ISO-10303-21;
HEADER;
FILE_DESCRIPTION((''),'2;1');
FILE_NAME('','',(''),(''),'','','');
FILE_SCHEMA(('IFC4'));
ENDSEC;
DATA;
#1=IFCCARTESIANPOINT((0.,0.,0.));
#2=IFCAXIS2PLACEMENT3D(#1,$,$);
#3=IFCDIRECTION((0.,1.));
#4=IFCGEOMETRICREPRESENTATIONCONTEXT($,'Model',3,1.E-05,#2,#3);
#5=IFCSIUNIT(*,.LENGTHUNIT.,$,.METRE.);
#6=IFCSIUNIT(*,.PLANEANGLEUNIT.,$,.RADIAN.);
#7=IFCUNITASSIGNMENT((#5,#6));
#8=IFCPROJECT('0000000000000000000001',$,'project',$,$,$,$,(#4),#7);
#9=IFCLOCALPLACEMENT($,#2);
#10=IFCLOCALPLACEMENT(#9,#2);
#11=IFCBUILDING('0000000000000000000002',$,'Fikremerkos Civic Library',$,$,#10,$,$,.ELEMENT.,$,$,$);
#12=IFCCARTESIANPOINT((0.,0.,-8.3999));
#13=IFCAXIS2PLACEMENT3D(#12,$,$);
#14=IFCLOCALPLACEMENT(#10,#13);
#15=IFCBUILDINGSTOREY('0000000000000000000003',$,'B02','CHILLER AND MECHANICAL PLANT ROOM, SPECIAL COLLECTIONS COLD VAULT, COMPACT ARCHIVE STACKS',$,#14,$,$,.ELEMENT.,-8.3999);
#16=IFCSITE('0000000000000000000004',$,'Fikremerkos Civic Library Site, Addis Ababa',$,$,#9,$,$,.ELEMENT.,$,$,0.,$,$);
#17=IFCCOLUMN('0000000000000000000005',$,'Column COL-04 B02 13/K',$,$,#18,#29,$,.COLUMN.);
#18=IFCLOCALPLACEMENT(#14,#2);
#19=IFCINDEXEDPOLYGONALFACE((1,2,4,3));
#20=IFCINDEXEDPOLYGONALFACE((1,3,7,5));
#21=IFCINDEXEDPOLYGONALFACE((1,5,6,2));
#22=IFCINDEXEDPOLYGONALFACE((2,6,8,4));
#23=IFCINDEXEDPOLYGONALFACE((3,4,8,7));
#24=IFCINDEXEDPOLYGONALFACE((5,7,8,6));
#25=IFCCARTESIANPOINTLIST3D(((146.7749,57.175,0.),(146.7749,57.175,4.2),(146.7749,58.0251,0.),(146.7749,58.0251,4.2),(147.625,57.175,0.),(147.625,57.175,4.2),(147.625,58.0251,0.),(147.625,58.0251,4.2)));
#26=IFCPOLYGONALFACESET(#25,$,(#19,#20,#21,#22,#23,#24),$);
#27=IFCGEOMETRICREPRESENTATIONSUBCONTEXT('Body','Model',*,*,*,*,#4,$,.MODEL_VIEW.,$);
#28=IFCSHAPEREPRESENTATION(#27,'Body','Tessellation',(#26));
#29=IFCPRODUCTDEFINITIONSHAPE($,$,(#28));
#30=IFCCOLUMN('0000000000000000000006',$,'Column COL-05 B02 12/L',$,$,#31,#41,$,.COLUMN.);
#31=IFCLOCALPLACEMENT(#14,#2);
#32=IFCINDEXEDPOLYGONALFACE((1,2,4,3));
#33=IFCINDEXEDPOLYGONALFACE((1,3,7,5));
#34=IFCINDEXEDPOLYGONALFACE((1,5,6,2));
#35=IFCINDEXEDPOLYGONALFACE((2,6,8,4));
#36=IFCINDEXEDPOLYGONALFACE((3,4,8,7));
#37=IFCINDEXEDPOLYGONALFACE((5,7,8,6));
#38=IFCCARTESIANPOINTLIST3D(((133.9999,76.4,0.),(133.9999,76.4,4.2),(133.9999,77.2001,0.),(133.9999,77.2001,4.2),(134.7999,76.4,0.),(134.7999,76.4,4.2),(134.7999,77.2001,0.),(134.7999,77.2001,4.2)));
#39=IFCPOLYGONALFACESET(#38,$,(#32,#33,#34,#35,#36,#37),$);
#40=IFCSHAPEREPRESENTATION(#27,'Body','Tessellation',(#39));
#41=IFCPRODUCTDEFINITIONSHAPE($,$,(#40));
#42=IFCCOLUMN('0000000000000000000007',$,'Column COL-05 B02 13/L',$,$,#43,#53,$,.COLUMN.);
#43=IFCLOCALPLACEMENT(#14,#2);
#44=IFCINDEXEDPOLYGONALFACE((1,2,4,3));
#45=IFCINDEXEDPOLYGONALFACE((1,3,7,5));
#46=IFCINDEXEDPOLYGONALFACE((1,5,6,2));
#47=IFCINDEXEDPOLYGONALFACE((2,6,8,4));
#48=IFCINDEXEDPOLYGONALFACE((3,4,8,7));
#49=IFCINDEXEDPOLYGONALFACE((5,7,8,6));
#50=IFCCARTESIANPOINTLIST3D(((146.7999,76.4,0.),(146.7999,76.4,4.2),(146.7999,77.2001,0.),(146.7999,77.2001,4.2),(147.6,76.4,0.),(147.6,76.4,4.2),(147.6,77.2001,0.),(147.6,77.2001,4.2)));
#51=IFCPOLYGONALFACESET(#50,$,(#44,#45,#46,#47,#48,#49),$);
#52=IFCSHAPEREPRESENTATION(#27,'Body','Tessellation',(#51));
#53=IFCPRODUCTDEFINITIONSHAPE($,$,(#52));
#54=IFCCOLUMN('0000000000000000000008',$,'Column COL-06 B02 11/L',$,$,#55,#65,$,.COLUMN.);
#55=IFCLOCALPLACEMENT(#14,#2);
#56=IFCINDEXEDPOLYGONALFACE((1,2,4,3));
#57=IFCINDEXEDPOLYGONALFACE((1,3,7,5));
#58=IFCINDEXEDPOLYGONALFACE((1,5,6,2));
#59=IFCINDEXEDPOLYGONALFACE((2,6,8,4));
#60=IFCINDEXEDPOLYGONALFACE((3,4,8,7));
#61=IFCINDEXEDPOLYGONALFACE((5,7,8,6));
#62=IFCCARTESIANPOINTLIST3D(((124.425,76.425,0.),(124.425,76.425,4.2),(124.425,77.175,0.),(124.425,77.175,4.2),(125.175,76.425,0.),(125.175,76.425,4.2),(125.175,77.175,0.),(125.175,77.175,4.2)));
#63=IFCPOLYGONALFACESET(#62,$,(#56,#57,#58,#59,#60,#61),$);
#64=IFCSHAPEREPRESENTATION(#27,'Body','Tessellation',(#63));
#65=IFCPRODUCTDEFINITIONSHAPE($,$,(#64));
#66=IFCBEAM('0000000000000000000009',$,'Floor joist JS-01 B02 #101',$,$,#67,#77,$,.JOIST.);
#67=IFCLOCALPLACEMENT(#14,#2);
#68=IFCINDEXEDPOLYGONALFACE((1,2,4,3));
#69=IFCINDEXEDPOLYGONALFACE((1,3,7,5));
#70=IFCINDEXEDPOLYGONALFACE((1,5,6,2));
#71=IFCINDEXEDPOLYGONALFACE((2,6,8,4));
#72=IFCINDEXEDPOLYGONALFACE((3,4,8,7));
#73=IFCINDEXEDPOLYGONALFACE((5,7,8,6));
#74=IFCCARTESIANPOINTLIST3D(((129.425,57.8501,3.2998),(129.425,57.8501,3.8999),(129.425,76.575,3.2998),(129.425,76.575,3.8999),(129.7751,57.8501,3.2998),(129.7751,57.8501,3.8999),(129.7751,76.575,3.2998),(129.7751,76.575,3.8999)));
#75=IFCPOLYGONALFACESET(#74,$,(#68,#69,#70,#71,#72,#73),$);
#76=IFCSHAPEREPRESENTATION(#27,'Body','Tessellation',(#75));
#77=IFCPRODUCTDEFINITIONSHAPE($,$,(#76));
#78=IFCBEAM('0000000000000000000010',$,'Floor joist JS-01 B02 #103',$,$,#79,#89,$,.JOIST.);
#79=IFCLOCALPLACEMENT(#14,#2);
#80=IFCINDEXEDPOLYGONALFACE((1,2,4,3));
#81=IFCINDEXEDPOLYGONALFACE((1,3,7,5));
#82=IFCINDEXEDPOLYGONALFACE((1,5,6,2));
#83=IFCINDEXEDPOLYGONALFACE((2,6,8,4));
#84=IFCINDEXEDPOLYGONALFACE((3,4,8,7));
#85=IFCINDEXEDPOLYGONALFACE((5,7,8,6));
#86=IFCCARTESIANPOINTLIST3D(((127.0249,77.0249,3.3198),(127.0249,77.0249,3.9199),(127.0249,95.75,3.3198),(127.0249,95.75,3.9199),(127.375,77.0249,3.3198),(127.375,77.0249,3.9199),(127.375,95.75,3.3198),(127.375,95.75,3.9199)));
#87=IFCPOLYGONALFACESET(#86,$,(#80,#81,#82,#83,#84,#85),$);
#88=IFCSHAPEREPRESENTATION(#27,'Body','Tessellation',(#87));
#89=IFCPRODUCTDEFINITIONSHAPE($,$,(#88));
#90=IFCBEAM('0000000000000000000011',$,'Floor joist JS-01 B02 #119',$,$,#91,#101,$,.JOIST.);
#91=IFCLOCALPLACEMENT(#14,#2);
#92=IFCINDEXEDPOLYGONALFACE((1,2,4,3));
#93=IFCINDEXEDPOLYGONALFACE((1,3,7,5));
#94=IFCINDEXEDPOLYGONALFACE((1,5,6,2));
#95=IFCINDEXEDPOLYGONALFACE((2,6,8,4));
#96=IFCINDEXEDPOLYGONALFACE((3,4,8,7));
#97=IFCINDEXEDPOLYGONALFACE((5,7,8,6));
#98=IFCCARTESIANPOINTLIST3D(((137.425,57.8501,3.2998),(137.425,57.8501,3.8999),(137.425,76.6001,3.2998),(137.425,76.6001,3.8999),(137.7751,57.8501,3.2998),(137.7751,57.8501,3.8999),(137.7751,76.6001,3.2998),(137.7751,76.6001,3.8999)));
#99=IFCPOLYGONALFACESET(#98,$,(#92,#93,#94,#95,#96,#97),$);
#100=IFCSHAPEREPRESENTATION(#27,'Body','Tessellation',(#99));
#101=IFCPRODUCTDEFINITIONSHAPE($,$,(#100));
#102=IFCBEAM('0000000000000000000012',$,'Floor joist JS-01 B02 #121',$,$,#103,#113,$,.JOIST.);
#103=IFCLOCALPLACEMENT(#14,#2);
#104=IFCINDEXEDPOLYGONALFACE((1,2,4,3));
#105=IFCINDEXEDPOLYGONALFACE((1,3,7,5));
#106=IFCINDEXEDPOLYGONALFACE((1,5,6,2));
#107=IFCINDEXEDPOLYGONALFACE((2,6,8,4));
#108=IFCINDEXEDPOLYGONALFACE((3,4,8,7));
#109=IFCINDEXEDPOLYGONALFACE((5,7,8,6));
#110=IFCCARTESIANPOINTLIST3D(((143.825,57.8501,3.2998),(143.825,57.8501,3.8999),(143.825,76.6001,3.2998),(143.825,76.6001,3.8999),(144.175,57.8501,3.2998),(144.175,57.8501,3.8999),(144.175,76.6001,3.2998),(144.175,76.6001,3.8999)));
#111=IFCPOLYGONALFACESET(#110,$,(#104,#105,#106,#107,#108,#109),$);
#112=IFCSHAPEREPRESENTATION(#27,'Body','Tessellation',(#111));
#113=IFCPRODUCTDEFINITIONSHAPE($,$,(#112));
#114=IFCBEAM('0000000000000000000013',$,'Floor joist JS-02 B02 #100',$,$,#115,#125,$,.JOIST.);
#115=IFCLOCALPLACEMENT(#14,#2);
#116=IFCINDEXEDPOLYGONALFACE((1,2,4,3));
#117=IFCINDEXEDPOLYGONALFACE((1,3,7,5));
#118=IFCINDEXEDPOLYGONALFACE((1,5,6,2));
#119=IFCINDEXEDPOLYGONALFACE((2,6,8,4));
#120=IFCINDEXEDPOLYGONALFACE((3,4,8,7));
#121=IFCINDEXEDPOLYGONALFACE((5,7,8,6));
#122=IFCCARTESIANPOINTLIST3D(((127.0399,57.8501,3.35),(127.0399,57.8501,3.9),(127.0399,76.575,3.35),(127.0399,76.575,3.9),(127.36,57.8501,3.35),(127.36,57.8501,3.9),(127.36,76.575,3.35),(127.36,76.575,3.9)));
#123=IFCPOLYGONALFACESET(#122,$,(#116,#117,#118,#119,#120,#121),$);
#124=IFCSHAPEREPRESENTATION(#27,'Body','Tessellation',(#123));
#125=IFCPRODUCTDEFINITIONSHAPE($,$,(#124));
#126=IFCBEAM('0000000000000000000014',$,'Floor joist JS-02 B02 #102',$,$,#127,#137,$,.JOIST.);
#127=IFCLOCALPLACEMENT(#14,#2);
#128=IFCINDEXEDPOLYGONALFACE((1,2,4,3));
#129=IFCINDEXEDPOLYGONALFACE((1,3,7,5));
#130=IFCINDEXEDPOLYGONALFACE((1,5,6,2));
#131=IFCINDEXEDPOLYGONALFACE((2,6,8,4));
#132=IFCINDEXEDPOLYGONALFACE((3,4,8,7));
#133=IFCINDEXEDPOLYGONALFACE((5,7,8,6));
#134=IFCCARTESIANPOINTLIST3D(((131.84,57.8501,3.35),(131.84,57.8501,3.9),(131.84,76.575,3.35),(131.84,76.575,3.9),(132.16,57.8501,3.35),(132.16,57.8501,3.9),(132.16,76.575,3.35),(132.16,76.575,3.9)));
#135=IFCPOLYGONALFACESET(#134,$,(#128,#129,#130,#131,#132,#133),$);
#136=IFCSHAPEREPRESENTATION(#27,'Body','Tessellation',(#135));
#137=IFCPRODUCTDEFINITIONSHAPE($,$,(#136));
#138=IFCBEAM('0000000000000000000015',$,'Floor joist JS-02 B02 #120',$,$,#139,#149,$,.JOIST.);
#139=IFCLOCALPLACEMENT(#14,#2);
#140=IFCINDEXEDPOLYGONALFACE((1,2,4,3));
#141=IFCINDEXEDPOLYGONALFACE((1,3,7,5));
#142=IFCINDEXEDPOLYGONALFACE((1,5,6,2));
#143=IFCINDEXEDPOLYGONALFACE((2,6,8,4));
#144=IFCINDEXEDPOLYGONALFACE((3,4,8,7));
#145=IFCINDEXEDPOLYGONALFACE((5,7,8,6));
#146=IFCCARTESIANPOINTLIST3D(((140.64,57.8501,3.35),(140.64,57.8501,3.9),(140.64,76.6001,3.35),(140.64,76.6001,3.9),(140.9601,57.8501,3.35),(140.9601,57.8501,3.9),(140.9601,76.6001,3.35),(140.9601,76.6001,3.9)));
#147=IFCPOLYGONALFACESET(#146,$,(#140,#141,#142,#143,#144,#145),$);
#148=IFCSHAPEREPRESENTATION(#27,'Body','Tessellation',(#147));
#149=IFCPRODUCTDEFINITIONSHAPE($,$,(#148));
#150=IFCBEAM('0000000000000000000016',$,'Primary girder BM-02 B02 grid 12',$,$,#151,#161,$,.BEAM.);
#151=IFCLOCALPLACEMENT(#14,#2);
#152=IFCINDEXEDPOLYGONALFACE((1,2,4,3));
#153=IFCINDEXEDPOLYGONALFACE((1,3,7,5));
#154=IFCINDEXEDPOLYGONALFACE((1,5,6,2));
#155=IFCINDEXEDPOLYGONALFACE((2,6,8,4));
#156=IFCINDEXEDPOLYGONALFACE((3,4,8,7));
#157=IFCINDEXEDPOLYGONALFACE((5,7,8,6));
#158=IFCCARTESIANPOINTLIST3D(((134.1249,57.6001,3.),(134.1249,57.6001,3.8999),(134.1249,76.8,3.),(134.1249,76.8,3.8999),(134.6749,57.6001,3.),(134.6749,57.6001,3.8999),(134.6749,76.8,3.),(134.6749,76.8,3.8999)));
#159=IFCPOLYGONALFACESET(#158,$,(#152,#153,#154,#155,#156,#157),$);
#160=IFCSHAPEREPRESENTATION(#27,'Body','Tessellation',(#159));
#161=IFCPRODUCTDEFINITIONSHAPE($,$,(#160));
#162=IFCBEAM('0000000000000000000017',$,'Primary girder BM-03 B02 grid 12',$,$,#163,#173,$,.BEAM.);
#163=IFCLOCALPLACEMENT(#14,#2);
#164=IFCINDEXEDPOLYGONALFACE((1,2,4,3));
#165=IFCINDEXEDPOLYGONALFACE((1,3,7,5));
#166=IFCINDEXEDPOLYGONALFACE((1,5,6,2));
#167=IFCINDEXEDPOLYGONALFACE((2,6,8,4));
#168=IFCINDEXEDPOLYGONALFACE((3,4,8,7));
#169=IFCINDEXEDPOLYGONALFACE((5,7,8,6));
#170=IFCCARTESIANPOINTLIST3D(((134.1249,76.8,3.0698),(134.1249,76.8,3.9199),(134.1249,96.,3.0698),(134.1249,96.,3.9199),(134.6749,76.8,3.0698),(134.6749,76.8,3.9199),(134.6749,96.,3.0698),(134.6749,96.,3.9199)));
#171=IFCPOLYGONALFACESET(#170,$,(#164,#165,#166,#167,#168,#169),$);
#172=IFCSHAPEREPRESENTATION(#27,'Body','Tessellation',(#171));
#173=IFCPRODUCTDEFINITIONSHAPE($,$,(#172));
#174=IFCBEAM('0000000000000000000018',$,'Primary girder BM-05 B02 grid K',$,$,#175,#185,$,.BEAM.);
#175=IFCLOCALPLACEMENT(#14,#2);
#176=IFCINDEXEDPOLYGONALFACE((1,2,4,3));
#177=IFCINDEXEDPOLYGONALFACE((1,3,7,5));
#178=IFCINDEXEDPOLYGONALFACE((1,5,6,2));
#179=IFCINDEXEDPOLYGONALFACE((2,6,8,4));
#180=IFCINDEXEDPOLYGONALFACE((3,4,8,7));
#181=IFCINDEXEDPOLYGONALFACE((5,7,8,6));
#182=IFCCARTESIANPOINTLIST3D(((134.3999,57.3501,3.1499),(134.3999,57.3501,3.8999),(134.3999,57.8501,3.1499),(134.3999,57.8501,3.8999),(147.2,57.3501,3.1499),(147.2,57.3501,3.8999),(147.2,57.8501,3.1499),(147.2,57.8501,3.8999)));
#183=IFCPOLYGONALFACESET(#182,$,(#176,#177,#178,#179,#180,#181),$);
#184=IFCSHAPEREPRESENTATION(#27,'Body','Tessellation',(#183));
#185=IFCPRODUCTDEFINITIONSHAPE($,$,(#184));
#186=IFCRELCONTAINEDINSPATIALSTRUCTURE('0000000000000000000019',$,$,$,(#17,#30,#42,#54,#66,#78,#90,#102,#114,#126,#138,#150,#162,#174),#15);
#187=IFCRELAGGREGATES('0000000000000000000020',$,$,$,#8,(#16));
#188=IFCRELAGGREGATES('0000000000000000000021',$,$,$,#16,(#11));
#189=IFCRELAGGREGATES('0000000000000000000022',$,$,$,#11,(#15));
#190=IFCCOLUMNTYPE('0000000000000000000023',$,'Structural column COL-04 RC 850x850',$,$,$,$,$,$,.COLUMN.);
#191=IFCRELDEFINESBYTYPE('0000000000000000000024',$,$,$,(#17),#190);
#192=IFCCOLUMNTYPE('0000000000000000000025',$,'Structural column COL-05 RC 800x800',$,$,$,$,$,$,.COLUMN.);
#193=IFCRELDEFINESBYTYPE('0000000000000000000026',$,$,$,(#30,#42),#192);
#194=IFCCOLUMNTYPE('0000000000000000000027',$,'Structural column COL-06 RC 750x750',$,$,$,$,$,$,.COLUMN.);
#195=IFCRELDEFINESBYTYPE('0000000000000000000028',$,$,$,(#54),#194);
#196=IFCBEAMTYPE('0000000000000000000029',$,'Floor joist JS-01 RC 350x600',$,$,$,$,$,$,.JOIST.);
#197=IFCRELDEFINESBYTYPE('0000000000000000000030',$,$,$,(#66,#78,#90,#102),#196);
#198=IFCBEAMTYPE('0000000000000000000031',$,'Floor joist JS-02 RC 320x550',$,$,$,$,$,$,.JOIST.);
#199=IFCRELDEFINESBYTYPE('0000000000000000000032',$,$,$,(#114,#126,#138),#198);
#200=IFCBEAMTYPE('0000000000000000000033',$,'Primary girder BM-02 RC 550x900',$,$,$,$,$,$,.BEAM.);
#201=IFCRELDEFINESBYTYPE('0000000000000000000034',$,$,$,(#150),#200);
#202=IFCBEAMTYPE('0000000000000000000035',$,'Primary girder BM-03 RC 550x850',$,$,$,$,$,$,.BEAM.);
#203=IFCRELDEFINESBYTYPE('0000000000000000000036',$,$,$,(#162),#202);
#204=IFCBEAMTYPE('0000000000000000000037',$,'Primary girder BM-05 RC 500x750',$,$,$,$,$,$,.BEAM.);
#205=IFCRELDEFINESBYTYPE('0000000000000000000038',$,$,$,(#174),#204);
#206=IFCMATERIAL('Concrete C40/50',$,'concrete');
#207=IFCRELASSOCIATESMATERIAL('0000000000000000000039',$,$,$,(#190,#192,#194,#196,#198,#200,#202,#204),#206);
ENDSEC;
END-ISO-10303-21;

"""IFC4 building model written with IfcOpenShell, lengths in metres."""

from ifc_helpers import new_model, si_unit, direction, frame, origin, origin_2d, place, context, subcontext, project, spatial, rectangle, extrude, material, material_profile, profile_set, type_object, element, save


model = new_model("IFC4")

# Units and contexts
model_context = context("Model", 3, precision=1e-05, world=origin(), true_north=direction((0.0, 1.0)))
body_context = subcontext(model_context, "Body", "Model", "MODEL_VIEW")
ifc_project = project(units=[si_unit("LENGTHUNIT", "METRE"), si_unit("PLANEANGLEUNIT", "RADIAN")], contexts=[model_context])

# Site, building, storey
site_placement = place(None, origin())
site = spatial("IfcSite", under=ifc_project, at=site_placement, Name="Fikremerkos Civic Library Site, Addis Ababa", CompositionType="ELEMENT", RefElevation=0.0)
building_placement = place(site_placement, origin())
building = spatial("IfcBuilding", under=site, at=building_placement, Name="Fikremerkos Civic Library", CompositionType="ELEMENT")
storey_placement = place(building_placement, frame((0.0, 0.0, -8.3999)))
storey = spatial("IfcBuildingStorey", under=building, at=storey_placement, Name="B02", Description="CHILLER AND MECHANICAL PLANT ROOM, SPECIAL COLLECTIONS COLD VAULT, COMPACT ARCHIVE STACKS", CompositionType="ELEMENT", Elevation=-8.3999)

# Shared definitions
ifc_material_1 = material(Name="Concrete C40/50", Category="concrete")

# Columns
ifc_material_profile_1 = material_profile(ifc_material_1, rectangle(XDim=0.8501, YDim=0.8501, at=origin_2d()), Name="RC 850x850")
ifc_profile_set_1 = profile_set([ifc_material_profile_1], Name="Concrete C40/50")
column_type_1 = type_object("IfcColumnType", Name="Structural column COL-04 RC 850x850", PredefinedType="COLUMN", material=ifc_profile_set_1)
for number, where, z_axis, x_axis, name in (
    (1, (147.2, 57.6001, 0.0), (0.0, 0.0, 1.0), (1.0, 0.0, 0.0), "Column COL-04 B02 13/K"),
):
    element("IfcColumn", number, at=place(storey_placement, frame(where, z_axis=z_axis, x_axis=x_axis)), inside=storey, type_object=column_type_1, Name=name, PredefinedType="COLUMN", context=body_context, shape_type="SweptSolid", body=[
        extrude(rectangle(XDim=0.8501, YDim=0.8501, at=origin_2d()), origin(), (0.0, 0.0, 1.0), 4.2),
    ])
ifc_material_profile_2 = material_profile(ifc_material_1, rectangle(XDim=0.8, YDim=0.8, at=origin_2d()), Name="RC 800x800")
ifc_profile_set_2 = profile_set([ifc_material_profile_2], Name="Concrete C40/50")
column_type_2 = type_object("IfcColumnType", Name="Structural column COL-05 RC 800x800", PredefinedType="COLUMN", material=ifc_profile_set_2)
for number, where, z_axis, x_axis, name in (
    (2, (134.3999, 76.8, 0.0), (0.0, 0.0, 1.0), (1.0, 0.0, 0.0), "Column COL-05 B02 12/L"),
    (3, (147.2, 76.8, 0.0), (0.0, 0.0, 1.0), (1.0, 0.0, 0.0), "Column COL-05 B02 13/L"),
):
    element("IfcColumn", number, at=place(storey_placement, frame(where, z_axis=z_axis, x_axis=x_axis)), inside=storey, type_object=column_type_2, Name=name, PredefinedType="COLUMN", context=body_context, shape_type="SweptSolid", body=[
        extrude(rectangle(XDim=0.8, YDim=0.8, at=origin_2d()), origin(), (0.0, 0.0, 1.0), 4.2),
    ])
ifc_material_profile_3 = material_profile(ifc_material_1, rectangle(XDim=0.75, YDim=0.75, at=origin_2d()), Name="RC 750x750")
ifc_profile_set_3 = profile_set([ifc_material_profile_3], Name="Concrete C40/50")
column_type_3 = type_object("IfcColumnType", Name="Structural column COL-06 RC 750x750", PredefinedType="COLUMN", material=ifc_profile_set_3)
column_placement = place(storey_placement, frame((124.8, 76.8, 0.0), z_axis=(0.0, 0.0, 1.0), x_axis=(1.0, 0.0, 0.0)))
element("IfcColumn", 4, at=column_placement, inside=storey, type_object=column_type_3, Name="Column COL-06 B02 11/L", PredefinedType="COLUMN", context=body_context, shape_type="SweptSolid", body=[
    extrude(rectangle(XDim=0.75, YDim=0.75, at=origin_2d()), origin(), (0.0, 0.0, 1.0), 4.2),
])

# Beams
ifc_material_profile_4 = material_profile(ifc_material_1, rectangle(XDim=0.3501, YDim=0.6001, at=origin_2d()), Name="RC 350x600")
ifc_profile_set_4 = profile_set([ifc_material_profile_4], Name="Concrete C40/50")
beam_type_1 = type_object("IfcBeamType", Name="Floor joist JS-01 RC 350x600", PredefinedType="JOIST", material=ifc_profile_set_4)
beam_1_placement = place(storey_placement, frame((129.6001, 57.8501, 3.5999), z_axis=(0.0, 1.0, 0.0), x_axis=(-1.0, 0.0, 0.0)))
element("IfcBeam", 5, at=beam_1_placement, inside=storey, type_object=beam_type_1, Name="Floor joist JS-01 B02 #101", PredefinedType="JOIST", context=body_context, shape_type="SweptSolid", body=[
    extrude(rectangle(XDim=0.3501, YDim=0.6001, at=origin_2d()), origin(), (0.0, 0.0, 1.0), 18.7249),
])
beam_2_placement = place(storey_placement, frame((127.2, 77.0249, 3.6199), z_axis=(0.0, 1.0, 0.0), x_axis=(-1.0, 0.0, 0.0)))
element("IfcBeam", 6, at=beam_2_placement, inside=storey, type_object=beam_type_1, Name="Floor joist JS-01 B02 #103", PredefinedType="JOIST", context=body_context, shape_type="SweptSolid", body=[
    extrude(rectangle(XDim=0.3501, YDim=0.6001, at=origin_2d()), origin(), (0.0, 0.0, 1.0), 18.7251),
])
for number, where, z_axis, x_axis, name in (
    (7, (137.6001, 57.8501, 3.5999), (0.0, 1.0, 0.0), (-1.0, 0.0, 0.0), "Floor joist JS-01 B02 #119"),
    (8, (144.0, 57.8501, 3.5999), (0.0, 1.0, 0.0), (-1.0, 0.0, 0.0), "Floor joist JS-01 B02 #121"),
):
    element("IfcBeam", number, at=place(storey_placement, frame(where, z_axis=z_axis, x_axis=x_axis)), inside=storey, type_object=beam_type_1, Name=name, PredefinedType="JOIST", context=body_context, shape_type="SweptSolid", body=[
        extrude(rectangle(XDim=0.3501, YDim=0.6001, at=origin_2d()), origin(), (0.0, 0.0, 1.0), 18.75),
    ])
ifc_material_profile_5 = material_profile(ifc_material_1, rectangle(XDim=0.3201, YDim=0.55, at=origin_2d()), Name="RC 320x550")
ifc_profile_set_5 = profile_set([ifc_material_profile_5], Name="Concrete C40/50")
beam_type_2 = type_object("IfcBeamType", Name="Floor joist JS-02 RC 320x550", PredefinedType="JOIST", material=ifc_profile_set_5)
for number, where, z_axis, x_axis, name in (
    (9, (127.2, 57.8501, 3.625), (0.0, 1.0, 0.0), (-1.0, 0.0, 0.0), "Floor joist JS-02 B02 #100"),
    (10, (132.0, 57.8501, 3.625), (0.0, 1.0, 0.0), (-1.0, 0.0, 0.0), "Floor joist JS-02 B02 #102"),
):
    element("IfcBeam", number, at=place(storey_placement, frame(where, z_axis=z_axis, x_axis=x_axis)), inside=storey, type_object=beam_type_2, Name=name, PredefinedType="JOIST", context=body_context, shape_type="SweptSolid", body=[
        extrude(rectangle(XDim=0.3201, YDim=0.55, at=origin_2d()), origin(), (0.0, 0.0, 1.0), 18.7249),
    ])
beam_3_placement = place(storey_placement, frame((140.8, 57.8501, 3.625), z_axis=(0.0, 1.0, 0.0), x_axis=(-1.0, 0.0, 0.0)))
element("IfcBeam", 11, at=beam_3_placement, inside=storey, type_object=beam_type_2, Name="Floor joist JS-02 B02 #120", PredefinedType="JOIST", context=body_context, shape_type="SweptSolid", body=[
    extrude(rectangle(XDim=0.3201, YDim=0.55, at=origin_2d()), origin(), (0.0, 0.0, 1.0), 18.75),
])
ifc_material_profile_6 = material_profile(ifc_material_1, rectangle(XDim=0.55, YDim=0.8999, at=origin_2d()), Name="RC 550x900")
ifc_profile_set_6 = profile_set([ifc_material_profile_6], Name="Concrete C40/50")
beam_type_3 = type_object("IfcBeamType", Name="Primary girder BM-02 RC 550x900", PredefinedType="BEAM", material=ifc_profile_set_6)
beam_4_placement = place(storey_placement, frame((134.3999, 57.6001, 3.45), z_axis=(0.0, 1.0, 0.0), x_axis=(-1.0, 0.0, 0.0)))
element("IfcBeam", 12, at=beam_4_placement, inside=storey, type_object=beam_type_3, Name="Primary girder BM-02 B02 grid 12", PredefinedType="BEAM", context=body_context, shape_type="SweptSolid", body=[
    extrude(rectangle(XDim=0.55, YDim=0.8999, at=origin_2d()), origin(), (0.0, 0.0, 1.0), 19.2),
])
ifc_material_profile_7 = material_profile(ifc_material_1, rectangle(XDim=0.55, YDim=0.8501, at=origin_2d()), Name="RC 550x850")
ifc_profile_set_7 = profile_set([ifc_material_profile_7], Name="Concrete C40/50")
beam_type_4 = type_object("IfcBeamType", Name="Primary girder BM-03 RC 550x850", PredefinedType="BEAM", material=ifc_profile_set_7)
beam_5_placement = place(storey_placement, frame((134.3999, 76.8, 3.4949), z_axis=(0.0, 1.0, 0.0), x_axis=(-1.0, 0.0, 0.0)))
element("IfcBeam", 13, at=beam_5_placement, inside=storey, type_object=beam_type_4, Name="Primary girder BM-03 B02 grid 12", PredefinedType="BEAM", context=body_context, shape_type="SweptSolid", body=[
    extrude(rectangle(XDim=0.55, YDim=0.8501, at=origin_2d()), origin(), (0.0, 0.0, 1.0), 19.2),
])
ifc_material_profile_8 = material_profile(ifc_material_1, rectangle(XDim=0.5, YDim=0.75, at=origin_2d()), Name="RC 500x750")
ifc_profile_set_8 = profile_set([ifc_material_profile_8], Name="Concrete C40/50")
beam_type_5 = type_object("IfcBeamType", Name="Primary girder BM-05 RC 500x750", PredefinedType="BEAM", material=ifc_profile_set_8)
beam_6_placement = place(storey_placement, frame((134.3999, 57.6001, 3.5249), z_axis=(1.0, 0.0, 0.0), x_axis=(0.0, 1.0, 0.0)))
element("IfcBeam", 14, at=beam_6_placement, inside=storey, type_object=beam_type_5, Name="Primary girder BM-05 B02 grid K", PredefinedType="BEAM", context=body_context, shape_type="SweptSolid", body=[
    extrude(rectangle(XDim=0.5, YDim=0.75, at=origin_2d()), origin(), (0.0, 0.0, 1.0), 12.8),
])

save(model, "model.ifc")
